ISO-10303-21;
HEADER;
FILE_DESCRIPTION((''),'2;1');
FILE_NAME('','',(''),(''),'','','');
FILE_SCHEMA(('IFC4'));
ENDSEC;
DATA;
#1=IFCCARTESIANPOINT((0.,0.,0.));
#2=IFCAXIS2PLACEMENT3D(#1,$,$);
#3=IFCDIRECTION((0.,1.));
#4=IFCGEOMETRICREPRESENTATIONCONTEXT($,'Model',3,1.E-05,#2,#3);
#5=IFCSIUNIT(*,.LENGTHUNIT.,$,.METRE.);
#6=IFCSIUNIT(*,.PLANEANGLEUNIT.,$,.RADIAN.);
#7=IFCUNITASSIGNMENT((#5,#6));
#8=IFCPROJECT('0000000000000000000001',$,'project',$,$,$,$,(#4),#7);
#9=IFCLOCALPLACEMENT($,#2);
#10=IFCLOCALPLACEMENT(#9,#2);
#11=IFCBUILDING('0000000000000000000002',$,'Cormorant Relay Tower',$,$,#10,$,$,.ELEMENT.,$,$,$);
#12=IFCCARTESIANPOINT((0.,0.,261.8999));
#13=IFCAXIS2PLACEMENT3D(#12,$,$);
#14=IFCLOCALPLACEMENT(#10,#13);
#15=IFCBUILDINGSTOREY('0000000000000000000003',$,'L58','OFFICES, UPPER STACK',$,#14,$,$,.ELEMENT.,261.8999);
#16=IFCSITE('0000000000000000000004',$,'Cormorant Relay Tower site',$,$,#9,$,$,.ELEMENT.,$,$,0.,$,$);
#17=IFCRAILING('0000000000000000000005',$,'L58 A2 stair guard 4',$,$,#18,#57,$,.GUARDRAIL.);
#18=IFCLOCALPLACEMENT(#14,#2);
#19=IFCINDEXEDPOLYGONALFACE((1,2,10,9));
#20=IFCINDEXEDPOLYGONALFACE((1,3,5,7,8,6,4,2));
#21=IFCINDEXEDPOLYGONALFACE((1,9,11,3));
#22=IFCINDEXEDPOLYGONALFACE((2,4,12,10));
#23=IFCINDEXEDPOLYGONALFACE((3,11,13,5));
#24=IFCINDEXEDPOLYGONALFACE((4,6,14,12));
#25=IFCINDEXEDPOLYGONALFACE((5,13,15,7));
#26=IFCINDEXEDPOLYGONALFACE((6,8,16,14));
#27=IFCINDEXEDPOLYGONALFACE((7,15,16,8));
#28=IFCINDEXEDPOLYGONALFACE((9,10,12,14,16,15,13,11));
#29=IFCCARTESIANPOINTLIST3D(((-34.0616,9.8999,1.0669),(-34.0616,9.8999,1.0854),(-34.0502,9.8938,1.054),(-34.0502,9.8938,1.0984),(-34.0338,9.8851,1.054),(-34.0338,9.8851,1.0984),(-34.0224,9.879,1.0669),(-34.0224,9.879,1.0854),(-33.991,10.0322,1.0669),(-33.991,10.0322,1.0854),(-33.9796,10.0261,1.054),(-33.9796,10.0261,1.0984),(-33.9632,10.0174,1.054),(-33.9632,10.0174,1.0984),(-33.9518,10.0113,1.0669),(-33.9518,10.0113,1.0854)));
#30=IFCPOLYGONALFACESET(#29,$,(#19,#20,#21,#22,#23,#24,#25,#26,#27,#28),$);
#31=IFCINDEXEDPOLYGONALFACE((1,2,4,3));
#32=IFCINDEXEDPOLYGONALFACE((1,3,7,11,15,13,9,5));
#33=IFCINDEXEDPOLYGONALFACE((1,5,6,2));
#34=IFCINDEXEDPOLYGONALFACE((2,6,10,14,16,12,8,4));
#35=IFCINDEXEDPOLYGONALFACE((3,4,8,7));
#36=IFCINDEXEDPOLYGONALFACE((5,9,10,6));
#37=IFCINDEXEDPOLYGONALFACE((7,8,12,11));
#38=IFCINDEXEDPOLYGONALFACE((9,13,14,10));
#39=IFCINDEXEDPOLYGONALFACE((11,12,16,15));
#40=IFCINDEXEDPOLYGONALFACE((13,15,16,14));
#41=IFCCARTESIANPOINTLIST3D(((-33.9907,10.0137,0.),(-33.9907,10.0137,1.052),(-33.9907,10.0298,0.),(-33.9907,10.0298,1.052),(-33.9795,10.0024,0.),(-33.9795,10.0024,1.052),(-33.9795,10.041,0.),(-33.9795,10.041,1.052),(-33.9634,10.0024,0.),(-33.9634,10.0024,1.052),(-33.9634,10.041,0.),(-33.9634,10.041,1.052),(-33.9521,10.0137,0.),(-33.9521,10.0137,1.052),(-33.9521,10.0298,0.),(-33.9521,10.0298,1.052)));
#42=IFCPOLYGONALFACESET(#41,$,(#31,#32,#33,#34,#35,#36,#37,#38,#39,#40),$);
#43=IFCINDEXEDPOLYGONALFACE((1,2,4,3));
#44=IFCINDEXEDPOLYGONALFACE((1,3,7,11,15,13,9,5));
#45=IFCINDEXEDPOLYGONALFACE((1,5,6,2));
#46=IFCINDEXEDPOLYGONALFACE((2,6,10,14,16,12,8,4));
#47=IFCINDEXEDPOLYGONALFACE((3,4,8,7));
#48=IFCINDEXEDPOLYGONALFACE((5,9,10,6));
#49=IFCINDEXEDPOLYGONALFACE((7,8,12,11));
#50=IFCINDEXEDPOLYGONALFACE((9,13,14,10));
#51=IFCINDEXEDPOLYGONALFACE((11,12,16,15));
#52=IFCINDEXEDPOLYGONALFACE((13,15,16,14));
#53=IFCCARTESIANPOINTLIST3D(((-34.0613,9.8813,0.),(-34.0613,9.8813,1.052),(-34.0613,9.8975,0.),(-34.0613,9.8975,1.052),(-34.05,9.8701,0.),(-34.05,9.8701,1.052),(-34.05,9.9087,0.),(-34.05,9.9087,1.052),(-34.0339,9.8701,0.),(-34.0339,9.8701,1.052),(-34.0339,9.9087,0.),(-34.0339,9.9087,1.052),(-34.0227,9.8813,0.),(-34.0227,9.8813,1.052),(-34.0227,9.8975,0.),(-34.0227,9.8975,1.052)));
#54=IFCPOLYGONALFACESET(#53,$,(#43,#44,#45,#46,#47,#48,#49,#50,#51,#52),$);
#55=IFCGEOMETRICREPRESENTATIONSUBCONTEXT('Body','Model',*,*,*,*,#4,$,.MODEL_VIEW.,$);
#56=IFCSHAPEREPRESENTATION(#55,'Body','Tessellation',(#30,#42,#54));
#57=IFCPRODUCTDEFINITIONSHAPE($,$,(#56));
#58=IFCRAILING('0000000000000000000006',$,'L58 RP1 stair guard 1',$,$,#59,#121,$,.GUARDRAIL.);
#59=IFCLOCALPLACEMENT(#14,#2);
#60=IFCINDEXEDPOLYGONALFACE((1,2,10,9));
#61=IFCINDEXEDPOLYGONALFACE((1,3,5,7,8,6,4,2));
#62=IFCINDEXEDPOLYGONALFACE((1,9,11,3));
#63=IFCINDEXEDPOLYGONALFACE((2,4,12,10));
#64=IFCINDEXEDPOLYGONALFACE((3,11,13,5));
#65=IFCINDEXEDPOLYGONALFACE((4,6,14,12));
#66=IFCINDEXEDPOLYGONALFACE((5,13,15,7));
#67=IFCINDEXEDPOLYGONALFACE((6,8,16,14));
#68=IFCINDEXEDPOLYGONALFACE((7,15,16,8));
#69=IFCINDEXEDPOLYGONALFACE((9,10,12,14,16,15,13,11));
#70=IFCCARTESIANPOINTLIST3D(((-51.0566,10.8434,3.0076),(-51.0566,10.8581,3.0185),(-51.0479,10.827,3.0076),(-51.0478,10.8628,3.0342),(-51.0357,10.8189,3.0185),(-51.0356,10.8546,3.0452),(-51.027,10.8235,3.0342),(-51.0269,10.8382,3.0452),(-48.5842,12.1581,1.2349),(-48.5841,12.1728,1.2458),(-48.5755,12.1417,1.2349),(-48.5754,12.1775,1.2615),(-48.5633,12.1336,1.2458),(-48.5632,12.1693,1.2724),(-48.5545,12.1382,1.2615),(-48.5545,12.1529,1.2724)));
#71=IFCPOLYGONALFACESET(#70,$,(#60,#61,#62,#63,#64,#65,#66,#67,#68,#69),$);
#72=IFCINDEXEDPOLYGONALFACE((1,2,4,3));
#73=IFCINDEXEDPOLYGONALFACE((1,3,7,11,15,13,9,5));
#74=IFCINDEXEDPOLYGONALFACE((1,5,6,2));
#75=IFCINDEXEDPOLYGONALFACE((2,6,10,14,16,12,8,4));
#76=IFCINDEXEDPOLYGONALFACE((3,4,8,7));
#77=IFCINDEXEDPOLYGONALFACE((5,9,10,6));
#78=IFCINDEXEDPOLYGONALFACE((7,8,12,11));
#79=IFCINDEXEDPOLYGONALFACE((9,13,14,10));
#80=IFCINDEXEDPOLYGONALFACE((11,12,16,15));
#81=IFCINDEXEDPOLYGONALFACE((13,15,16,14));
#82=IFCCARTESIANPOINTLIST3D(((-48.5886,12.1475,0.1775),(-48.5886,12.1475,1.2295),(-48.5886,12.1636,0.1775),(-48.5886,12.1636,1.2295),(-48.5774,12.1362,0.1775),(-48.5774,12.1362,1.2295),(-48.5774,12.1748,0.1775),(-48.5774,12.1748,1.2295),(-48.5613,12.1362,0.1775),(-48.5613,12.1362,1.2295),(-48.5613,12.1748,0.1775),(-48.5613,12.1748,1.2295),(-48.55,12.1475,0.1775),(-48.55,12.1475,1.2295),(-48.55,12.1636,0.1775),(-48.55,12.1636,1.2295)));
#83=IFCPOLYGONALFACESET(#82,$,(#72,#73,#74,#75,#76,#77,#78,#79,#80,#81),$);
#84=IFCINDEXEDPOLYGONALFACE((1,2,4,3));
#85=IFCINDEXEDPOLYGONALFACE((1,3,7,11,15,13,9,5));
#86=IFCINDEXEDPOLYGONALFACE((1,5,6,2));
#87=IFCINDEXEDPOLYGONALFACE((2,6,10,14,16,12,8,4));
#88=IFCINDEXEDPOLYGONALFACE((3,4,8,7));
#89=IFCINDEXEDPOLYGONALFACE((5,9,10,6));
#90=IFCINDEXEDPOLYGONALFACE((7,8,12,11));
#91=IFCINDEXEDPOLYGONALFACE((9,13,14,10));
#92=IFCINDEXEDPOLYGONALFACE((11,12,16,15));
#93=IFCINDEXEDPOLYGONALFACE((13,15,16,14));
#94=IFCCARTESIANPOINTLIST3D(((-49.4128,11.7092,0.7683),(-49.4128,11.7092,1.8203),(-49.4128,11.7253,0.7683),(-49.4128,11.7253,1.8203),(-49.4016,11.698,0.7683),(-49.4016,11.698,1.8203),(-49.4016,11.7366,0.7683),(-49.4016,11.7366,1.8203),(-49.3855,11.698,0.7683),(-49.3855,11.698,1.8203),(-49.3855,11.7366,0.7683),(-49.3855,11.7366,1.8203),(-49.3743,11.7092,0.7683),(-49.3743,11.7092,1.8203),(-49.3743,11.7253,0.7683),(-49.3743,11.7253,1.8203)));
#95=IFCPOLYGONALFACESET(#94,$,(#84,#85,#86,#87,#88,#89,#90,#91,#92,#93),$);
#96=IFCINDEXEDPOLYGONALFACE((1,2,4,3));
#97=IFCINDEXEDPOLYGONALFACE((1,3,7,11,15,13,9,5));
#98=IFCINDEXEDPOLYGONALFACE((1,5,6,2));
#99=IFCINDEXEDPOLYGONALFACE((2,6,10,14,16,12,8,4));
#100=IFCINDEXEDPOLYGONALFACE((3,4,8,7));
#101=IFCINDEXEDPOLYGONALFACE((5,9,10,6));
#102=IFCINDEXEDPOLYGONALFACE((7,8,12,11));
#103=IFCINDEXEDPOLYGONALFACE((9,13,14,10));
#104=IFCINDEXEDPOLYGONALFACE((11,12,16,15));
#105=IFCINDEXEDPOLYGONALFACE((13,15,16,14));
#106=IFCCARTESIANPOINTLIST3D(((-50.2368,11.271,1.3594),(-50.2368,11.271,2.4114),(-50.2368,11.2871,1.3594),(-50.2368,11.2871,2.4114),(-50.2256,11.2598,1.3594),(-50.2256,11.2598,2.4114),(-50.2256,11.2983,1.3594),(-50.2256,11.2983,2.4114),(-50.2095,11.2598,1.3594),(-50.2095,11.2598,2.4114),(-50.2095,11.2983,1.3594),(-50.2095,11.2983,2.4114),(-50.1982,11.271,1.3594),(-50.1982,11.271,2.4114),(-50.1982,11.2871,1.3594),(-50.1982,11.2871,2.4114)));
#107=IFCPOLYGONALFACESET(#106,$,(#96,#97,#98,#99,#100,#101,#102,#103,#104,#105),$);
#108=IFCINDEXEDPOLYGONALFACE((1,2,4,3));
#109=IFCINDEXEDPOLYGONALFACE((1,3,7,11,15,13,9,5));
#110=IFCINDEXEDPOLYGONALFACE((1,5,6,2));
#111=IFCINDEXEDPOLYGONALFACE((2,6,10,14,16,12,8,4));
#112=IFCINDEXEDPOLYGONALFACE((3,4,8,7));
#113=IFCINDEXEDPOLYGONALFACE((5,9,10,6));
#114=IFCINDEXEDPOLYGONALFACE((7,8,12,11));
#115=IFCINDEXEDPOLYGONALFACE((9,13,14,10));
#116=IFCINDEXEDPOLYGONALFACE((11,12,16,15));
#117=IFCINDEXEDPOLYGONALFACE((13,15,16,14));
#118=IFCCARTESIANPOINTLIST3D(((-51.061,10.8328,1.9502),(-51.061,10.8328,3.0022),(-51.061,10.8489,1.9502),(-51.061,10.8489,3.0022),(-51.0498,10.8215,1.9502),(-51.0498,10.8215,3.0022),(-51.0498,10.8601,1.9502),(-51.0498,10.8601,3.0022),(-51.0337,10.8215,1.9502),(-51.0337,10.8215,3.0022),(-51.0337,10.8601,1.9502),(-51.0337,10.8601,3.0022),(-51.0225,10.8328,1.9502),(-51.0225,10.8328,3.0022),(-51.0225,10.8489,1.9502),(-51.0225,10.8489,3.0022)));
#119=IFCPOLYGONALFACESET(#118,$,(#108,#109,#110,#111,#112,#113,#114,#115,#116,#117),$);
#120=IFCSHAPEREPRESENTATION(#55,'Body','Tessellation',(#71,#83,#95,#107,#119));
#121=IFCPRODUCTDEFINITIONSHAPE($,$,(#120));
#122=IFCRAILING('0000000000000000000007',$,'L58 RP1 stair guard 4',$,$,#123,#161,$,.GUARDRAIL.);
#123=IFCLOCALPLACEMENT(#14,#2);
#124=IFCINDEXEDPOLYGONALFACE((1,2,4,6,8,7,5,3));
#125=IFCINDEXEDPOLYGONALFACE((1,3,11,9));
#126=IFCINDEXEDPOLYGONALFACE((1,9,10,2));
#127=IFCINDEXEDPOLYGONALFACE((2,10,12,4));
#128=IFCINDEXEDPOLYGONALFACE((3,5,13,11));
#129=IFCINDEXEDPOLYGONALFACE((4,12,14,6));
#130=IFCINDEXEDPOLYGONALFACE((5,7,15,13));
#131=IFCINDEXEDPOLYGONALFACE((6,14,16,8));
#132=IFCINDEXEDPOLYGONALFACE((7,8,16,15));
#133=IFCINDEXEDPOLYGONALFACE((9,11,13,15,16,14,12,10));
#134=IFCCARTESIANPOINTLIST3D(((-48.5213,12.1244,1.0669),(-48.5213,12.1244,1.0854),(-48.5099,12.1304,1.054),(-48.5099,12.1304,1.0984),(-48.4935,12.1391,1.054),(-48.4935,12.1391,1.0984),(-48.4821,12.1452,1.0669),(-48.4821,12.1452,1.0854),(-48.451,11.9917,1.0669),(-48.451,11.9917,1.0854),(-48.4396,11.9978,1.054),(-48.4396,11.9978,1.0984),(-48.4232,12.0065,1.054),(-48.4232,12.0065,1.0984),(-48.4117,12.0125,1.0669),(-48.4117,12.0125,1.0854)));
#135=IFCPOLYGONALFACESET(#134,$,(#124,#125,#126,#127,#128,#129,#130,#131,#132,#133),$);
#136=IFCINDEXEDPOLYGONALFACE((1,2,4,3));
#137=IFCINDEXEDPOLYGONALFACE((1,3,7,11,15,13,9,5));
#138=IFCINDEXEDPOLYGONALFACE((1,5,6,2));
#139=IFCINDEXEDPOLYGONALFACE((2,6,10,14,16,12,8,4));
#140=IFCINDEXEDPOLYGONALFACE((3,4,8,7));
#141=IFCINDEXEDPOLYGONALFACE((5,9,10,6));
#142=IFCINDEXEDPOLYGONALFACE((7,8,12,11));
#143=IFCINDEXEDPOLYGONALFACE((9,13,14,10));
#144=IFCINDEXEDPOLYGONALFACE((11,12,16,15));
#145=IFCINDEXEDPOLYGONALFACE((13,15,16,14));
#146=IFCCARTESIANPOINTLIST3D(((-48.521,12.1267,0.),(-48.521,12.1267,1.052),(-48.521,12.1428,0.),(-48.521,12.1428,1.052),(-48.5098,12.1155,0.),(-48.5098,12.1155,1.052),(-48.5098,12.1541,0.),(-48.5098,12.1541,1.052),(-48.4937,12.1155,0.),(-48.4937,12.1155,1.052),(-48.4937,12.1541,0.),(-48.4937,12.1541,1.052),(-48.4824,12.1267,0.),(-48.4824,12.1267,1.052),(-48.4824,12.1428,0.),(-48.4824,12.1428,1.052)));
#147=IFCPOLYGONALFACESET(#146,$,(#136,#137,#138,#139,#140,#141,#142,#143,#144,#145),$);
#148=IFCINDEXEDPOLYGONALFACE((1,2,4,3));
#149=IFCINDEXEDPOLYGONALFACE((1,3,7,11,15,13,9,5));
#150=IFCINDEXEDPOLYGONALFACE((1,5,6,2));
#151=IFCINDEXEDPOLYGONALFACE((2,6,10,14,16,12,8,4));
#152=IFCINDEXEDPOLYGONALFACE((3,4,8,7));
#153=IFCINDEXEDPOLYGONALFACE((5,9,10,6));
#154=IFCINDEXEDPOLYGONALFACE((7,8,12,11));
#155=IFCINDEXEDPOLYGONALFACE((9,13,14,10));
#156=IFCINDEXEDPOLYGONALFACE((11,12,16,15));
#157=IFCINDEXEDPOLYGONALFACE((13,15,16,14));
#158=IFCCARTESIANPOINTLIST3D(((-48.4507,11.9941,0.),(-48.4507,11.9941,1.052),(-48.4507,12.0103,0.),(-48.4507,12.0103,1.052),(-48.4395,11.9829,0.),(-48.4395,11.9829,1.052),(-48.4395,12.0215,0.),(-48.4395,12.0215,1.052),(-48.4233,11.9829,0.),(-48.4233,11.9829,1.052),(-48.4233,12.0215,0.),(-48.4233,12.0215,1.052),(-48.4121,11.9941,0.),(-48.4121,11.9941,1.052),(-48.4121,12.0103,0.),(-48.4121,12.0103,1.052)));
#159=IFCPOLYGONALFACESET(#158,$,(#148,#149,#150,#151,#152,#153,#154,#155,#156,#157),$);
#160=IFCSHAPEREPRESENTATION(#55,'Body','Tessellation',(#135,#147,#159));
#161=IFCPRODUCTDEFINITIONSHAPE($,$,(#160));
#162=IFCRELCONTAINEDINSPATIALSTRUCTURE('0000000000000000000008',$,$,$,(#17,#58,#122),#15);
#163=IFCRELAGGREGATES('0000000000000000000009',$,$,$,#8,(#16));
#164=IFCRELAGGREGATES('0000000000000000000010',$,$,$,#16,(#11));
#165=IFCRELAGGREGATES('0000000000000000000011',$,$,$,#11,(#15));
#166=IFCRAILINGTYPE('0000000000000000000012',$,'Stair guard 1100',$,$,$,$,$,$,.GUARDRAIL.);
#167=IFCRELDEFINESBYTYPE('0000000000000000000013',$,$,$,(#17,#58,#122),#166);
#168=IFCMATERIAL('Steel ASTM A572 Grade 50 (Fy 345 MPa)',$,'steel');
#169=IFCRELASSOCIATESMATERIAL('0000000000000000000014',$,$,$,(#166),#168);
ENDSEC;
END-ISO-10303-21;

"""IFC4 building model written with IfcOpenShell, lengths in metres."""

from ifc_helpers import new_model, si_unit, direction, frame, origin, place, context, subcontext, project, spatial, polyline, outline, extrude, material, type_object, element, save


model = new_model("IFC4")

# Units and contexts
model_context = context("Model", 3, precision=1e-05, world=origin(), true_north=direction((0.0, 1.0)))
body_context = subcontext(model_context, "Body", "Model", "MODEL_VIEW")
ifc_project = project(units=[si_unit("LENGTHUNIT", "METRE"), si_unit("PLANEANGLEUNIT", "RADIAN")], contexts=[model_context])

# Site, building, storey
site_placement = place(None, origin())
site = spatial("IfcSite", under=ifc_project, at=site_placement, Name="Cormorant Relay Tower site", CompositionType="ELEMENT", RefElevation=0.0)
building_placement = place(site_placement, origin())
building = spatial("IfcBuilding", under=site, at=building_placement, Name="Cormorant Relay Tower", CompositionType="ELEMENT")
storey_placement = place(building_placement, frame((0.0, 0.0, 261.8999)))
storey = spatial("IfcBuildingStorey", under=building, at=storey_placement, Name="L58", Description="OFFICES, UPPER STACK", CompositionType="ELEMENT", Elevation=261.8999)

# Railings
ifc_material_1 = material(Name="Steel ASTM A572 Grade 50 (Fy 345 MPa)", Category="steel")
railing_type_1 = type_object("IfcRailingType", Name="Stair guard 1100", PredefinedType="GUARDRAIL", material=ifc_material_1)
railing_1_placement = place(storey_placement, frame((-33.9714, 10.0217, 0.0)))
element("IfcRailing", 1, at=railing_1_placement, inside=storey, type_object=railing_type_1, Name="L58 A2 stair guard 4", PredefinedType="GUARDRAIL", context=body_context, shape_type="SweptSolid", body=[
    extrude(outline(polyline([(0.0222, 0.0093), (0.0093, 0.0222), (-0.0093, 0.0222), (-0.0222, 0.0093), (-0.0222, -0.0093), (-0.0093, -0.0222), (0.0093, -0.0222), (0.0222, -0.0093), (0.0222, 0.0093)])), frame((0.0, 0.0, 1.0762), z_axis=(-0.470504, -0.882398, 0.0), x_axis=(0.882398, -0.470504, 0.0)), (0.0, 0.0, 1.0), 0.1499),
    extrude(outline(polyline([(0.0193, 0.0081), (0.0081, 0.0193), (-0.0081, 0.0193), (-0.0193, 0.0081), (-0.0193, -0.0081), (-0.0081, -0.0193), (0.0081, -0.0193), (0.0193, -0.0081), (0.0193, 0.0081)])), origin(), (0.0, 0.0, 1.0), 1.052),
    extrude(outline(polyline([(0.0193, 0.0081), (0.0081, 0.0193), (-0.0081, 0.0193), (-0.0193, 0.0081), (-0.0193, -0.0081), (-0.0081, -0.0193), (0.0081, -0.0193), (0.0193, -0.0081), (0.0193, 0.0081)])), frame((-0.0706, -0.1323, 0.0)), (0.0, 0.0, 1.0), 1.052),
])
railing_2_placement = place(storey_placement, frame((-48.5693, 12.1555, 0.1775)))
element("IfcRailing", 2, at=railing_2_placement, inside=storey, type_object=railing_type_1, Name="L58 RP1 stair guard 1", PredefinedType="GUARDRAIL", context=body_context, shape_type="SweptSolid", body=[
    extrude(outline(polyline([(0.0222, 0.0093), (0.0093, 0.0222), (-0.0093, 0.0222), (-0.0222, 0.0093), (-0.0222, -0.0093), (-0.0093, -0.0222), (0.0093, -0.0222), (0.0222, -0.0093), (0.0222, 0.0093)])), frame((0.0, 0.0, 1.0762), z_axis=(-0.746012, -0.39669, 0.534886), x_axis=(0.469497, -0.882934, 0.0)), (0.0, 0.0, 1.0), 3.3142),
    extrude(outline(polyline([(0.0193, 0.0081), (0.0081, 0.0193), (-0.0081, 0.0193), (-0.0193, 0.0081), (-0.0193, -0.0081), (-0.0081, -0.0193), (0.0081, -0.0193), (0.0193, -0.0081), (0.0193, 0.0081)])), origin(), (0.0, 0.0, 1.0), 1.052),
    extrude(outline(polyline([(0.0193, 0.0081), (0.0081, 0.0193), (-0.0081, 0.0193), (-0.0193, 0.0081), (-0.0193, -0.0081), (-0.0081, -0.0193), (0.0081, -0.0193), (0.0193, -0.0081), (0.0193, 0.0081)])), frame((-0.8242, -0.4382, 0.5908)), (0.0, 0.0, 1.0), 1.052),
    extrude(outline(polyline([(0.0193, 0.0081), (0.0081, 0.0193), (-0.0081, 0.0193), (-0.0193, 0.0081), (-0.0193, -0.0081), (-0.0081, -0.0193), (0.0081, -0.0193), (0.0193, -0.0081), (0.0193, 0.0081)])), frame((-1.6482, -0.8765, 1.1819)), (0.0, 0.0, 1.0), 1.052),
    extrude(outline(polyline([(0.0193, 0.0081), (0.0081, 0.0193), (-0.0081, 0.0193), (-0.0193, 0.0081), (-0.0193, -0.0081), (-0.0081, -0.0193), (0.0081, -0.0193), (0.0193, -0.0081), (0.0193, 0.0081)])), frame((-2.4724, -1.3147, 1.7727)), (0.0, 0.0, 1.0), 1.052),
])
railing_3_placement = place(storey_placement, frame((-48.5017, 12.1348, 0.0)))
element("IfcRailing", 3, at=railing_3_placement, inside=storey, type_object=railing_type_1, Name="L58 RP1 stair guard 4", PredefinedType="GUARDRAIL", context=body_context, shape_type="SweptSolid", body=[
    extrude(outline(polyline([(0.0222, 0.0093), (0.0093, 0.0222), (-0.0093, 0.0222), (-0.0222, 0.0093), (-0.0222, -0.0093), (-0.0093, -0.0222), (0.0093, -0.0222), (0.0222, -0.0093), (0.0222, 0.0093)])), frame((0.0, 0.0, 1.0762), z_axis=(0.46856, -0.883431, 0.0), x_axis=(0.883431, 0.46856, 0.0)), (0.0, 0.0, 1.0), 0.1501),
    extrude(outline(polyline([(0.0193, 0.0081), (0.0081, 0.0193), (-0.0081, 0.0193), (-0.0193, 0.0081), (-0.0193, -0.0081), (-0.0081, -0.0193), (0.0081, -0.0193), (0.0193, -0.0081), (0.0193, 0.0081)])), origin(), (0.0, 0.0, 1.0), 1.052),
    extrude(outline(polyline([(0.0193, 0.0081), (0.0081, 0.0193), (-0.0081, 0.0193), (-0.0193, 0.0081), (-0.0193, -0.0081), (-0.0081, -0.0193), (0.0081, -0.0193), (0.0193, -0.0081), (0.0193, 0.0081)])), frame((0.0703, -0.1326, 0.0)), (0.0, 0.0, 1.0), 1.052),
])

save(model, "model.ifc")
